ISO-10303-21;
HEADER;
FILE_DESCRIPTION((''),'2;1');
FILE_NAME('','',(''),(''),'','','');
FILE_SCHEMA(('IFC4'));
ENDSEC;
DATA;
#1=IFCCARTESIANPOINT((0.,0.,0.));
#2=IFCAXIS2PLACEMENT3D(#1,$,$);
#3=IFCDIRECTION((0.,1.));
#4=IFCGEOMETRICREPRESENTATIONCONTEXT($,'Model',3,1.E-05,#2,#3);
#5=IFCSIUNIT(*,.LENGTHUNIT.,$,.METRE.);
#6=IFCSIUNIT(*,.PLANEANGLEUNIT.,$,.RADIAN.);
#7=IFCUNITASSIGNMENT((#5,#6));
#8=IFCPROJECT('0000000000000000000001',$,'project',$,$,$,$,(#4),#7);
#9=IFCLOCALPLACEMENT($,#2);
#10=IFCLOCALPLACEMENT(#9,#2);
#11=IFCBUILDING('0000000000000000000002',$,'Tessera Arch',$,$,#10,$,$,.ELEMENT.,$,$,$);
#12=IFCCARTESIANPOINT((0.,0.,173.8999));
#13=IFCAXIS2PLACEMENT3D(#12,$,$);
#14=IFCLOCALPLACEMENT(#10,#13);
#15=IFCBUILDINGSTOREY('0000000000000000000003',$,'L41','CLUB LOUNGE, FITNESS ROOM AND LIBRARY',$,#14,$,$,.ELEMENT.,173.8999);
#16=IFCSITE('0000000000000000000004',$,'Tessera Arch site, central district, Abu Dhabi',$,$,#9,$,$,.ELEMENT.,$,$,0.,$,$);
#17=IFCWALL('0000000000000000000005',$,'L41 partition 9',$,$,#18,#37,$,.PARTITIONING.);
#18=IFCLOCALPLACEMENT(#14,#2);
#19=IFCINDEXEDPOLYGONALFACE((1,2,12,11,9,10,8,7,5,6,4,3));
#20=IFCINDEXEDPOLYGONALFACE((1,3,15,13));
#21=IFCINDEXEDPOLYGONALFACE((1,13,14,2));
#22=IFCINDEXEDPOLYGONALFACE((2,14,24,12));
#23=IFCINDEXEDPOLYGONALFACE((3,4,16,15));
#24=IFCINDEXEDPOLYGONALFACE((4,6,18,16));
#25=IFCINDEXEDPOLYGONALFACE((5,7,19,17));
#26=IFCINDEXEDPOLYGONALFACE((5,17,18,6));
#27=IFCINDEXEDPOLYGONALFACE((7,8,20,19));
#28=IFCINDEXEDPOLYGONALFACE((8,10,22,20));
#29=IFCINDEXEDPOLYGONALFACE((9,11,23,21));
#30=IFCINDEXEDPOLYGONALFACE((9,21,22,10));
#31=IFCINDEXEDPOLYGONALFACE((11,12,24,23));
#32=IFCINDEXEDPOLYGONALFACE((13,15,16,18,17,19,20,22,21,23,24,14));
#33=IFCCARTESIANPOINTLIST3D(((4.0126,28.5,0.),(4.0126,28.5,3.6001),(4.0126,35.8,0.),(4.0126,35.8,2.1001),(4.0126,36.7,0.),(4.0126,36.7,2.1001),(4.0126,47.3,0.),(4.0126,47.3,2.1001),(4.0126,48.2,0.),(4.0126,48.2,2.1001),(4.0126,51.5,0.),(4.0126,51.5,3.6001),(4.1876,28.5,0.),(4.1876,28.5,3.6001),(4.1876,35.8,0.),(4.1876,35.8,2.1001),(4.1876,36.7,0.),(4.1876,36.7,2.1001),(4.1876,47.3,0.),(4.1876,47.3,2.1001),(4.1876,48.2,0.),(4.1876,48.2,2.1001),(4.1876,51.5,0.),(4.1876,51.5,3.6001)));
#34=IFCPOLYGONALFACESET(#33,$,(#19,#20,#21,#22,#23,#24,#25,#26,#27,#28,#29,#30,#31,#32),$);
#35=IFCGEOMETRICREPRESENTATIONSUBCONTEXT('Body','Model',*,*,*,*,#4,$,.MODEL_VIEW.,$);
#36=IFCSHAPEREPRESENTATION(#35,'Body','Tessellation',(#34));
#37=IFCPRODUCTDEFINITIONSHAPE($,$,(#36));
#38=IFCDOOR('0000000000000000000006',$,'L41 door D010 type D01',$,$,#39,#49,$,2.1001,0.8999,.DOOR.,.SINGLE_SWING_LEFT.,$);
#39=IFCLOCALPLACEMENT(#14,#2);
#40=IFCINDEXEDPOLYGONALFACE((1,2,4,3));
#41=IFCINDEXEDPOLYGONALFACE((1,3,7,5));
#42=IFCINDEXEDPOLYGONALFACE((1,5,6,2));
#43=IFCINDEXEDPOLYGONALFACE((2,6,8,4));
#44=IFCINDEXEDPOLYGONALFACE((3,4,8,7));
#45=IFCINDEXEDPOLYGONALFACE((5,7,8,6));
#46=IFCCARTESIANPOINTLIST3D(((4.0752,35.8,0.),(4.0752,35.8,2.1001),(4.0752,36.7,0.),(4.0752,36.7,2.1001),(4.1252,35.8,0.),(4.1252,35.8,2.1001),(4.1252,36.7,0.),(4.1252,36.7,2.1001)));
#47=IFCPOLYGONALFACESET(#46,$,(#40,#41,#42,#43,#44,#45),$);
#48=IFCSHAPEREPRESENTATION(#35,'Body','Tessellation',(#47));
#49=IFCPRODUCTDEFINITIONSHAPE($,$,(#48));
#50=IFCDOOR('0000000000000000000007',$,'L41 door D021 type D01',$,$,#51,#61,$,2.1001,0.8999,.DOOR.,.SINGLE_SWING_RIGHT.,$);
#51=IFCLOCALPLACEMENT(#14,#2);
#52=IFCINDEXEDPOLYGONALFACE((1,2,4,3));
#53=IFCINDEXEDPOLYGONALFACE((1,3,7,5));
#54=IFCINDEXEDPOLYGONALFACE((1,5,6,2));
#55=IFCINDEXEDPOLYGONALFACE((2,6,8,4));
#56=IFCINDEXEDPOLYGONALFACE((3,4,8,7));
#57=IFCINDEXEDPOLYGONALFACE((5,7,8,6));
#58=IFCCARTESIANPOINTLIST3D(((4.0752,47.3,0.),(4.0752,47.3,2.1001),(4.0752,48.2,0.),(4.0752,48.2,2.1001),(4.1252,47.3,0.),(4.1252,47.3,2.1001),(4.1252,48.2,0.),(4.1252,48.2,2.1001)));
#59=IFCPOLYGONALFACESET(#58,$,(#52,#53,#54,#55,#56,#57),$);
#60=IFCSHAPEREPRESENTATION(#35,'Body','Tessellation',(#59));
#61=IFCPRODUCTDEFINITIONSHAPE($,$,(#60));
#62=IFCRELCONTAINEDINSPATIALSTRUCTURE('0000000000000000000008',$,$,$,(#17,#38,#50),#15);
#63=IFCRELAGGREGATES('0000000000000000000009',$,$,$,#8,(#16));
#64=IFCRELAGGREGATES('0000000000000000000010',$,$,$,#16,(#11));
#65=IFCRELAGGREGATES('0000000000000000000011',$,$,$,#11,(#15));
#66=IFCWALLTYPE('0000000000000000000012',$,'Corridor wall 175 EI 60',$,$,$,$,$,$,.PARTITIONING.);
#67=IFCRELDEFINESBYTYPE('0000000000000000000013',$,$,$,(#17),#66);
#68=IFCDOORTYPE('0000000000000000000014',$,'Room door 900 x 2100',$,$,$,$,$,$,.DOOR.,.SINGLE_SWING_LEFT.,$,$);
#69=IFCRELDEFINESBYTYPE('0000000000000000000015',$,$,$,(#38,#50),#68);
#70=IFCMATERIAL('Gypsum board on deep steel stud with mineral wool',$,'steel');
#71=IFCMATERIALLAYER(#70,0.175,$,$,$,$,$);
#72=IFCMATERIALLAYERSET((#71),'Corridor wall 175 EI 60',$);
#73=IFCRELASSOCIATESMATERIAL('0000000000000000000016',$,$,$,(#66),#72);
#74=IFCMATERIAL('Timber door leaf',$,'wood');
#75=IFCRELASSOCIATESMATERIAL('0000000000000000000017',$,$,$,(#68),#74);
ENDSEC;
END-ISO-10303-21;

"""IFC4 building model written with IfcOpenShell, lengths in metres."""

from ifc_helpers import new_model, si_unit, direction, frame, frame_2d, origin, place, context, subcontext, project, spatial, rectangle, extrude, material, layer, layer_set, type_object, element, fill, save


model = new_model("IFC4")

# Units and contexts
model_context = context("Model", 3, precision=1e-05, world=origin(), true_north=direction((0.0, 1.0)))
body_context = subcontext(model_context, "Body", "Model", "MODEL_VIEW")
ifc_project = project(units=[si_unit("LENGTHUNIT", "METRE"), si_unit("PLANEANGLEUNIT", "RADIAN")], contexts=[model_context])

# Site, building, storey
site_placement = place(None, origin())
site = spatial("IfcSite", under=ifc_project, at=site_placement, Name="Tessera Arch site, central district, Abu Dhabi", CompositionType="ELEMENT", RefElevation=0.0)
building_placement = place(site_placement, origin())
building = spatial("IfcBuilding", under=site, at=building_placement, Name="Tessera Arch", CompositionType="ELEMENT")
storey_placement = place(building_placement, frame((0.0, 0.0, 173.8999)))
storey = spatial("IfcBuildingStorey", under=building, at=storey_placement, Name="L41", Description="CLUB LOUNGE, FITNESS ROOM AND LIBRARY", CompositionType="ELEMENT", Elevation=173.8999)

# Shared definitions
ifc_material_1 = material(Name="Gypsum board on deep steel stud with mineral wool", Category="steel")
ifc_layer_1 = layer(ifc_material_1, 0.175)
ifc_layer_set_1 = layer_set([ifc_layer_1], Name="Corridor wall 175 EI 60")
wall_type_1 = type_object("IfcWallType", Name="Corridor wall 175 EI 60", PredefinedType="PARTITIONING", material=ifc_layer_set_1)

# Wall, openings, doors
wall_1_placement = place(storey_placement, frame((4.1001, 28.5, 0.0), z_axis=(0.0, 0.0, 1.0), x_axis=(0.0, 1.0, 0.0)))
wall_1 = element("IfcWall", 1, at=wall_1_placement, inside=storey, type_object=wall_type_1, Name="L41 partition 9", PredefinedType="PARTITIONING", context=body_context, shape_type="SweptSolid", body=[
    extrude(rectangle(XDim=23.0, YDim=0.175, at=frame_2d((11.5, 0.0))), origin(), (0.0, 0.0, 1.0), 3.6001),
])
opening_1_placement = place(wall_1_placement, frame((7.3, 0.0, 0.0)))
opening_1 = element("IfcOpeningElement", 2, at=opening_1_placement, cuts=wall_1, PredefinedType="OPENING", context=body_context, shape_type="SweptSolid", body=[
    extrude(rectangle(XDim=0.8999, YDim=2.1001, at=frame_2d((0.45, 1.05))), frame((0.0, 0.0974, 0.0), z_axis=(0.0, -1.0, 0.0), x_axis=(1.0, 0.0, 0.0)), (0.0, 0.0, 1.0), 0.1951),
])
opening_2_placement = place(wall_1_placement, frame((18.8, 0.0, 0.0)))
opening_2 = element("IfcOpeningElement", 3, at=opening_2_placement, cuts=wall_1, PredefinedType="OPENING", context=body_context, shape_type="SweptSolid", body=[
    extrude(rectangle(XDim=0.8999, YDim=2.1001, at=frame_2d((0.45, 1.05))), frame((0.0, 0.0974, 0.0), z_axis=(0.0, -1.0, 0.0), x_axis=(1.0, 0.0, 0.0)), (0.0, 0.0, 1.0), 0.1951),
])
ifc_material_2 = material(Name="Timber door leaf", Category="wood")
door_type_1 = type_object("IfcDoorType", Name="Room door 900 x 2100", OperationType="SINGLE_SWING_LEFT", PredefinedType="DOOR", material=ifc_material_2)
door_1_placement = place(opening_1_placement, origin())
door_1 = element("IfcDoor", 4, at=door_1_placement, inside=storey, type_object=door_type_1, Name="L41 door D010 type D01", OperationType="SINGLE_SWING_LEFT", OverallHeight=2.1001, OverallWidth=0.8999, PredefinedType="DOOR", context=body_context, shape_type="SweptSolid", body=[
    extrude(rectangle(XDim=0.8999, YDim=2.1001, at=frame_2d((0.45, 1.05))), frame((0.0, 0.0249, 0.0), z_axis=(0.0, -1.0, 0.0), x_axis=(1.0, 0.0, 0.0)), (0.0, 0.0, 1.0), 0.05),
])
fill(opening_1, door_1)
door_2_placement = place(opening_2_placement, origin())
door_2 = element("IfcDoor", 5, at=door_2_placement, inside=storey, type_object=door_type_1, Name="L41 door D021 type D01", OperationType="SINGLE_SWING_RIGHT", OverallHeight=2.1001, OverallWidth=0.8999, PredefinedType="DOOR", context=body_context, shape_type="SweptSolid", body=[
    extrude(rectangle(XDim=0.8999, YDim=2.1001, at=frame_2d((0.45, 1.05))), frame((0.0, 0.0249, 0.0), z_axis=(0.0, -1.0, 0.0), x_axis=(1.0, 0.0, 0.0)), (0.0, 0.0, 1.0), 0.05),
])
fill(opening_2, door_2)

save(model, "model.ifc")
